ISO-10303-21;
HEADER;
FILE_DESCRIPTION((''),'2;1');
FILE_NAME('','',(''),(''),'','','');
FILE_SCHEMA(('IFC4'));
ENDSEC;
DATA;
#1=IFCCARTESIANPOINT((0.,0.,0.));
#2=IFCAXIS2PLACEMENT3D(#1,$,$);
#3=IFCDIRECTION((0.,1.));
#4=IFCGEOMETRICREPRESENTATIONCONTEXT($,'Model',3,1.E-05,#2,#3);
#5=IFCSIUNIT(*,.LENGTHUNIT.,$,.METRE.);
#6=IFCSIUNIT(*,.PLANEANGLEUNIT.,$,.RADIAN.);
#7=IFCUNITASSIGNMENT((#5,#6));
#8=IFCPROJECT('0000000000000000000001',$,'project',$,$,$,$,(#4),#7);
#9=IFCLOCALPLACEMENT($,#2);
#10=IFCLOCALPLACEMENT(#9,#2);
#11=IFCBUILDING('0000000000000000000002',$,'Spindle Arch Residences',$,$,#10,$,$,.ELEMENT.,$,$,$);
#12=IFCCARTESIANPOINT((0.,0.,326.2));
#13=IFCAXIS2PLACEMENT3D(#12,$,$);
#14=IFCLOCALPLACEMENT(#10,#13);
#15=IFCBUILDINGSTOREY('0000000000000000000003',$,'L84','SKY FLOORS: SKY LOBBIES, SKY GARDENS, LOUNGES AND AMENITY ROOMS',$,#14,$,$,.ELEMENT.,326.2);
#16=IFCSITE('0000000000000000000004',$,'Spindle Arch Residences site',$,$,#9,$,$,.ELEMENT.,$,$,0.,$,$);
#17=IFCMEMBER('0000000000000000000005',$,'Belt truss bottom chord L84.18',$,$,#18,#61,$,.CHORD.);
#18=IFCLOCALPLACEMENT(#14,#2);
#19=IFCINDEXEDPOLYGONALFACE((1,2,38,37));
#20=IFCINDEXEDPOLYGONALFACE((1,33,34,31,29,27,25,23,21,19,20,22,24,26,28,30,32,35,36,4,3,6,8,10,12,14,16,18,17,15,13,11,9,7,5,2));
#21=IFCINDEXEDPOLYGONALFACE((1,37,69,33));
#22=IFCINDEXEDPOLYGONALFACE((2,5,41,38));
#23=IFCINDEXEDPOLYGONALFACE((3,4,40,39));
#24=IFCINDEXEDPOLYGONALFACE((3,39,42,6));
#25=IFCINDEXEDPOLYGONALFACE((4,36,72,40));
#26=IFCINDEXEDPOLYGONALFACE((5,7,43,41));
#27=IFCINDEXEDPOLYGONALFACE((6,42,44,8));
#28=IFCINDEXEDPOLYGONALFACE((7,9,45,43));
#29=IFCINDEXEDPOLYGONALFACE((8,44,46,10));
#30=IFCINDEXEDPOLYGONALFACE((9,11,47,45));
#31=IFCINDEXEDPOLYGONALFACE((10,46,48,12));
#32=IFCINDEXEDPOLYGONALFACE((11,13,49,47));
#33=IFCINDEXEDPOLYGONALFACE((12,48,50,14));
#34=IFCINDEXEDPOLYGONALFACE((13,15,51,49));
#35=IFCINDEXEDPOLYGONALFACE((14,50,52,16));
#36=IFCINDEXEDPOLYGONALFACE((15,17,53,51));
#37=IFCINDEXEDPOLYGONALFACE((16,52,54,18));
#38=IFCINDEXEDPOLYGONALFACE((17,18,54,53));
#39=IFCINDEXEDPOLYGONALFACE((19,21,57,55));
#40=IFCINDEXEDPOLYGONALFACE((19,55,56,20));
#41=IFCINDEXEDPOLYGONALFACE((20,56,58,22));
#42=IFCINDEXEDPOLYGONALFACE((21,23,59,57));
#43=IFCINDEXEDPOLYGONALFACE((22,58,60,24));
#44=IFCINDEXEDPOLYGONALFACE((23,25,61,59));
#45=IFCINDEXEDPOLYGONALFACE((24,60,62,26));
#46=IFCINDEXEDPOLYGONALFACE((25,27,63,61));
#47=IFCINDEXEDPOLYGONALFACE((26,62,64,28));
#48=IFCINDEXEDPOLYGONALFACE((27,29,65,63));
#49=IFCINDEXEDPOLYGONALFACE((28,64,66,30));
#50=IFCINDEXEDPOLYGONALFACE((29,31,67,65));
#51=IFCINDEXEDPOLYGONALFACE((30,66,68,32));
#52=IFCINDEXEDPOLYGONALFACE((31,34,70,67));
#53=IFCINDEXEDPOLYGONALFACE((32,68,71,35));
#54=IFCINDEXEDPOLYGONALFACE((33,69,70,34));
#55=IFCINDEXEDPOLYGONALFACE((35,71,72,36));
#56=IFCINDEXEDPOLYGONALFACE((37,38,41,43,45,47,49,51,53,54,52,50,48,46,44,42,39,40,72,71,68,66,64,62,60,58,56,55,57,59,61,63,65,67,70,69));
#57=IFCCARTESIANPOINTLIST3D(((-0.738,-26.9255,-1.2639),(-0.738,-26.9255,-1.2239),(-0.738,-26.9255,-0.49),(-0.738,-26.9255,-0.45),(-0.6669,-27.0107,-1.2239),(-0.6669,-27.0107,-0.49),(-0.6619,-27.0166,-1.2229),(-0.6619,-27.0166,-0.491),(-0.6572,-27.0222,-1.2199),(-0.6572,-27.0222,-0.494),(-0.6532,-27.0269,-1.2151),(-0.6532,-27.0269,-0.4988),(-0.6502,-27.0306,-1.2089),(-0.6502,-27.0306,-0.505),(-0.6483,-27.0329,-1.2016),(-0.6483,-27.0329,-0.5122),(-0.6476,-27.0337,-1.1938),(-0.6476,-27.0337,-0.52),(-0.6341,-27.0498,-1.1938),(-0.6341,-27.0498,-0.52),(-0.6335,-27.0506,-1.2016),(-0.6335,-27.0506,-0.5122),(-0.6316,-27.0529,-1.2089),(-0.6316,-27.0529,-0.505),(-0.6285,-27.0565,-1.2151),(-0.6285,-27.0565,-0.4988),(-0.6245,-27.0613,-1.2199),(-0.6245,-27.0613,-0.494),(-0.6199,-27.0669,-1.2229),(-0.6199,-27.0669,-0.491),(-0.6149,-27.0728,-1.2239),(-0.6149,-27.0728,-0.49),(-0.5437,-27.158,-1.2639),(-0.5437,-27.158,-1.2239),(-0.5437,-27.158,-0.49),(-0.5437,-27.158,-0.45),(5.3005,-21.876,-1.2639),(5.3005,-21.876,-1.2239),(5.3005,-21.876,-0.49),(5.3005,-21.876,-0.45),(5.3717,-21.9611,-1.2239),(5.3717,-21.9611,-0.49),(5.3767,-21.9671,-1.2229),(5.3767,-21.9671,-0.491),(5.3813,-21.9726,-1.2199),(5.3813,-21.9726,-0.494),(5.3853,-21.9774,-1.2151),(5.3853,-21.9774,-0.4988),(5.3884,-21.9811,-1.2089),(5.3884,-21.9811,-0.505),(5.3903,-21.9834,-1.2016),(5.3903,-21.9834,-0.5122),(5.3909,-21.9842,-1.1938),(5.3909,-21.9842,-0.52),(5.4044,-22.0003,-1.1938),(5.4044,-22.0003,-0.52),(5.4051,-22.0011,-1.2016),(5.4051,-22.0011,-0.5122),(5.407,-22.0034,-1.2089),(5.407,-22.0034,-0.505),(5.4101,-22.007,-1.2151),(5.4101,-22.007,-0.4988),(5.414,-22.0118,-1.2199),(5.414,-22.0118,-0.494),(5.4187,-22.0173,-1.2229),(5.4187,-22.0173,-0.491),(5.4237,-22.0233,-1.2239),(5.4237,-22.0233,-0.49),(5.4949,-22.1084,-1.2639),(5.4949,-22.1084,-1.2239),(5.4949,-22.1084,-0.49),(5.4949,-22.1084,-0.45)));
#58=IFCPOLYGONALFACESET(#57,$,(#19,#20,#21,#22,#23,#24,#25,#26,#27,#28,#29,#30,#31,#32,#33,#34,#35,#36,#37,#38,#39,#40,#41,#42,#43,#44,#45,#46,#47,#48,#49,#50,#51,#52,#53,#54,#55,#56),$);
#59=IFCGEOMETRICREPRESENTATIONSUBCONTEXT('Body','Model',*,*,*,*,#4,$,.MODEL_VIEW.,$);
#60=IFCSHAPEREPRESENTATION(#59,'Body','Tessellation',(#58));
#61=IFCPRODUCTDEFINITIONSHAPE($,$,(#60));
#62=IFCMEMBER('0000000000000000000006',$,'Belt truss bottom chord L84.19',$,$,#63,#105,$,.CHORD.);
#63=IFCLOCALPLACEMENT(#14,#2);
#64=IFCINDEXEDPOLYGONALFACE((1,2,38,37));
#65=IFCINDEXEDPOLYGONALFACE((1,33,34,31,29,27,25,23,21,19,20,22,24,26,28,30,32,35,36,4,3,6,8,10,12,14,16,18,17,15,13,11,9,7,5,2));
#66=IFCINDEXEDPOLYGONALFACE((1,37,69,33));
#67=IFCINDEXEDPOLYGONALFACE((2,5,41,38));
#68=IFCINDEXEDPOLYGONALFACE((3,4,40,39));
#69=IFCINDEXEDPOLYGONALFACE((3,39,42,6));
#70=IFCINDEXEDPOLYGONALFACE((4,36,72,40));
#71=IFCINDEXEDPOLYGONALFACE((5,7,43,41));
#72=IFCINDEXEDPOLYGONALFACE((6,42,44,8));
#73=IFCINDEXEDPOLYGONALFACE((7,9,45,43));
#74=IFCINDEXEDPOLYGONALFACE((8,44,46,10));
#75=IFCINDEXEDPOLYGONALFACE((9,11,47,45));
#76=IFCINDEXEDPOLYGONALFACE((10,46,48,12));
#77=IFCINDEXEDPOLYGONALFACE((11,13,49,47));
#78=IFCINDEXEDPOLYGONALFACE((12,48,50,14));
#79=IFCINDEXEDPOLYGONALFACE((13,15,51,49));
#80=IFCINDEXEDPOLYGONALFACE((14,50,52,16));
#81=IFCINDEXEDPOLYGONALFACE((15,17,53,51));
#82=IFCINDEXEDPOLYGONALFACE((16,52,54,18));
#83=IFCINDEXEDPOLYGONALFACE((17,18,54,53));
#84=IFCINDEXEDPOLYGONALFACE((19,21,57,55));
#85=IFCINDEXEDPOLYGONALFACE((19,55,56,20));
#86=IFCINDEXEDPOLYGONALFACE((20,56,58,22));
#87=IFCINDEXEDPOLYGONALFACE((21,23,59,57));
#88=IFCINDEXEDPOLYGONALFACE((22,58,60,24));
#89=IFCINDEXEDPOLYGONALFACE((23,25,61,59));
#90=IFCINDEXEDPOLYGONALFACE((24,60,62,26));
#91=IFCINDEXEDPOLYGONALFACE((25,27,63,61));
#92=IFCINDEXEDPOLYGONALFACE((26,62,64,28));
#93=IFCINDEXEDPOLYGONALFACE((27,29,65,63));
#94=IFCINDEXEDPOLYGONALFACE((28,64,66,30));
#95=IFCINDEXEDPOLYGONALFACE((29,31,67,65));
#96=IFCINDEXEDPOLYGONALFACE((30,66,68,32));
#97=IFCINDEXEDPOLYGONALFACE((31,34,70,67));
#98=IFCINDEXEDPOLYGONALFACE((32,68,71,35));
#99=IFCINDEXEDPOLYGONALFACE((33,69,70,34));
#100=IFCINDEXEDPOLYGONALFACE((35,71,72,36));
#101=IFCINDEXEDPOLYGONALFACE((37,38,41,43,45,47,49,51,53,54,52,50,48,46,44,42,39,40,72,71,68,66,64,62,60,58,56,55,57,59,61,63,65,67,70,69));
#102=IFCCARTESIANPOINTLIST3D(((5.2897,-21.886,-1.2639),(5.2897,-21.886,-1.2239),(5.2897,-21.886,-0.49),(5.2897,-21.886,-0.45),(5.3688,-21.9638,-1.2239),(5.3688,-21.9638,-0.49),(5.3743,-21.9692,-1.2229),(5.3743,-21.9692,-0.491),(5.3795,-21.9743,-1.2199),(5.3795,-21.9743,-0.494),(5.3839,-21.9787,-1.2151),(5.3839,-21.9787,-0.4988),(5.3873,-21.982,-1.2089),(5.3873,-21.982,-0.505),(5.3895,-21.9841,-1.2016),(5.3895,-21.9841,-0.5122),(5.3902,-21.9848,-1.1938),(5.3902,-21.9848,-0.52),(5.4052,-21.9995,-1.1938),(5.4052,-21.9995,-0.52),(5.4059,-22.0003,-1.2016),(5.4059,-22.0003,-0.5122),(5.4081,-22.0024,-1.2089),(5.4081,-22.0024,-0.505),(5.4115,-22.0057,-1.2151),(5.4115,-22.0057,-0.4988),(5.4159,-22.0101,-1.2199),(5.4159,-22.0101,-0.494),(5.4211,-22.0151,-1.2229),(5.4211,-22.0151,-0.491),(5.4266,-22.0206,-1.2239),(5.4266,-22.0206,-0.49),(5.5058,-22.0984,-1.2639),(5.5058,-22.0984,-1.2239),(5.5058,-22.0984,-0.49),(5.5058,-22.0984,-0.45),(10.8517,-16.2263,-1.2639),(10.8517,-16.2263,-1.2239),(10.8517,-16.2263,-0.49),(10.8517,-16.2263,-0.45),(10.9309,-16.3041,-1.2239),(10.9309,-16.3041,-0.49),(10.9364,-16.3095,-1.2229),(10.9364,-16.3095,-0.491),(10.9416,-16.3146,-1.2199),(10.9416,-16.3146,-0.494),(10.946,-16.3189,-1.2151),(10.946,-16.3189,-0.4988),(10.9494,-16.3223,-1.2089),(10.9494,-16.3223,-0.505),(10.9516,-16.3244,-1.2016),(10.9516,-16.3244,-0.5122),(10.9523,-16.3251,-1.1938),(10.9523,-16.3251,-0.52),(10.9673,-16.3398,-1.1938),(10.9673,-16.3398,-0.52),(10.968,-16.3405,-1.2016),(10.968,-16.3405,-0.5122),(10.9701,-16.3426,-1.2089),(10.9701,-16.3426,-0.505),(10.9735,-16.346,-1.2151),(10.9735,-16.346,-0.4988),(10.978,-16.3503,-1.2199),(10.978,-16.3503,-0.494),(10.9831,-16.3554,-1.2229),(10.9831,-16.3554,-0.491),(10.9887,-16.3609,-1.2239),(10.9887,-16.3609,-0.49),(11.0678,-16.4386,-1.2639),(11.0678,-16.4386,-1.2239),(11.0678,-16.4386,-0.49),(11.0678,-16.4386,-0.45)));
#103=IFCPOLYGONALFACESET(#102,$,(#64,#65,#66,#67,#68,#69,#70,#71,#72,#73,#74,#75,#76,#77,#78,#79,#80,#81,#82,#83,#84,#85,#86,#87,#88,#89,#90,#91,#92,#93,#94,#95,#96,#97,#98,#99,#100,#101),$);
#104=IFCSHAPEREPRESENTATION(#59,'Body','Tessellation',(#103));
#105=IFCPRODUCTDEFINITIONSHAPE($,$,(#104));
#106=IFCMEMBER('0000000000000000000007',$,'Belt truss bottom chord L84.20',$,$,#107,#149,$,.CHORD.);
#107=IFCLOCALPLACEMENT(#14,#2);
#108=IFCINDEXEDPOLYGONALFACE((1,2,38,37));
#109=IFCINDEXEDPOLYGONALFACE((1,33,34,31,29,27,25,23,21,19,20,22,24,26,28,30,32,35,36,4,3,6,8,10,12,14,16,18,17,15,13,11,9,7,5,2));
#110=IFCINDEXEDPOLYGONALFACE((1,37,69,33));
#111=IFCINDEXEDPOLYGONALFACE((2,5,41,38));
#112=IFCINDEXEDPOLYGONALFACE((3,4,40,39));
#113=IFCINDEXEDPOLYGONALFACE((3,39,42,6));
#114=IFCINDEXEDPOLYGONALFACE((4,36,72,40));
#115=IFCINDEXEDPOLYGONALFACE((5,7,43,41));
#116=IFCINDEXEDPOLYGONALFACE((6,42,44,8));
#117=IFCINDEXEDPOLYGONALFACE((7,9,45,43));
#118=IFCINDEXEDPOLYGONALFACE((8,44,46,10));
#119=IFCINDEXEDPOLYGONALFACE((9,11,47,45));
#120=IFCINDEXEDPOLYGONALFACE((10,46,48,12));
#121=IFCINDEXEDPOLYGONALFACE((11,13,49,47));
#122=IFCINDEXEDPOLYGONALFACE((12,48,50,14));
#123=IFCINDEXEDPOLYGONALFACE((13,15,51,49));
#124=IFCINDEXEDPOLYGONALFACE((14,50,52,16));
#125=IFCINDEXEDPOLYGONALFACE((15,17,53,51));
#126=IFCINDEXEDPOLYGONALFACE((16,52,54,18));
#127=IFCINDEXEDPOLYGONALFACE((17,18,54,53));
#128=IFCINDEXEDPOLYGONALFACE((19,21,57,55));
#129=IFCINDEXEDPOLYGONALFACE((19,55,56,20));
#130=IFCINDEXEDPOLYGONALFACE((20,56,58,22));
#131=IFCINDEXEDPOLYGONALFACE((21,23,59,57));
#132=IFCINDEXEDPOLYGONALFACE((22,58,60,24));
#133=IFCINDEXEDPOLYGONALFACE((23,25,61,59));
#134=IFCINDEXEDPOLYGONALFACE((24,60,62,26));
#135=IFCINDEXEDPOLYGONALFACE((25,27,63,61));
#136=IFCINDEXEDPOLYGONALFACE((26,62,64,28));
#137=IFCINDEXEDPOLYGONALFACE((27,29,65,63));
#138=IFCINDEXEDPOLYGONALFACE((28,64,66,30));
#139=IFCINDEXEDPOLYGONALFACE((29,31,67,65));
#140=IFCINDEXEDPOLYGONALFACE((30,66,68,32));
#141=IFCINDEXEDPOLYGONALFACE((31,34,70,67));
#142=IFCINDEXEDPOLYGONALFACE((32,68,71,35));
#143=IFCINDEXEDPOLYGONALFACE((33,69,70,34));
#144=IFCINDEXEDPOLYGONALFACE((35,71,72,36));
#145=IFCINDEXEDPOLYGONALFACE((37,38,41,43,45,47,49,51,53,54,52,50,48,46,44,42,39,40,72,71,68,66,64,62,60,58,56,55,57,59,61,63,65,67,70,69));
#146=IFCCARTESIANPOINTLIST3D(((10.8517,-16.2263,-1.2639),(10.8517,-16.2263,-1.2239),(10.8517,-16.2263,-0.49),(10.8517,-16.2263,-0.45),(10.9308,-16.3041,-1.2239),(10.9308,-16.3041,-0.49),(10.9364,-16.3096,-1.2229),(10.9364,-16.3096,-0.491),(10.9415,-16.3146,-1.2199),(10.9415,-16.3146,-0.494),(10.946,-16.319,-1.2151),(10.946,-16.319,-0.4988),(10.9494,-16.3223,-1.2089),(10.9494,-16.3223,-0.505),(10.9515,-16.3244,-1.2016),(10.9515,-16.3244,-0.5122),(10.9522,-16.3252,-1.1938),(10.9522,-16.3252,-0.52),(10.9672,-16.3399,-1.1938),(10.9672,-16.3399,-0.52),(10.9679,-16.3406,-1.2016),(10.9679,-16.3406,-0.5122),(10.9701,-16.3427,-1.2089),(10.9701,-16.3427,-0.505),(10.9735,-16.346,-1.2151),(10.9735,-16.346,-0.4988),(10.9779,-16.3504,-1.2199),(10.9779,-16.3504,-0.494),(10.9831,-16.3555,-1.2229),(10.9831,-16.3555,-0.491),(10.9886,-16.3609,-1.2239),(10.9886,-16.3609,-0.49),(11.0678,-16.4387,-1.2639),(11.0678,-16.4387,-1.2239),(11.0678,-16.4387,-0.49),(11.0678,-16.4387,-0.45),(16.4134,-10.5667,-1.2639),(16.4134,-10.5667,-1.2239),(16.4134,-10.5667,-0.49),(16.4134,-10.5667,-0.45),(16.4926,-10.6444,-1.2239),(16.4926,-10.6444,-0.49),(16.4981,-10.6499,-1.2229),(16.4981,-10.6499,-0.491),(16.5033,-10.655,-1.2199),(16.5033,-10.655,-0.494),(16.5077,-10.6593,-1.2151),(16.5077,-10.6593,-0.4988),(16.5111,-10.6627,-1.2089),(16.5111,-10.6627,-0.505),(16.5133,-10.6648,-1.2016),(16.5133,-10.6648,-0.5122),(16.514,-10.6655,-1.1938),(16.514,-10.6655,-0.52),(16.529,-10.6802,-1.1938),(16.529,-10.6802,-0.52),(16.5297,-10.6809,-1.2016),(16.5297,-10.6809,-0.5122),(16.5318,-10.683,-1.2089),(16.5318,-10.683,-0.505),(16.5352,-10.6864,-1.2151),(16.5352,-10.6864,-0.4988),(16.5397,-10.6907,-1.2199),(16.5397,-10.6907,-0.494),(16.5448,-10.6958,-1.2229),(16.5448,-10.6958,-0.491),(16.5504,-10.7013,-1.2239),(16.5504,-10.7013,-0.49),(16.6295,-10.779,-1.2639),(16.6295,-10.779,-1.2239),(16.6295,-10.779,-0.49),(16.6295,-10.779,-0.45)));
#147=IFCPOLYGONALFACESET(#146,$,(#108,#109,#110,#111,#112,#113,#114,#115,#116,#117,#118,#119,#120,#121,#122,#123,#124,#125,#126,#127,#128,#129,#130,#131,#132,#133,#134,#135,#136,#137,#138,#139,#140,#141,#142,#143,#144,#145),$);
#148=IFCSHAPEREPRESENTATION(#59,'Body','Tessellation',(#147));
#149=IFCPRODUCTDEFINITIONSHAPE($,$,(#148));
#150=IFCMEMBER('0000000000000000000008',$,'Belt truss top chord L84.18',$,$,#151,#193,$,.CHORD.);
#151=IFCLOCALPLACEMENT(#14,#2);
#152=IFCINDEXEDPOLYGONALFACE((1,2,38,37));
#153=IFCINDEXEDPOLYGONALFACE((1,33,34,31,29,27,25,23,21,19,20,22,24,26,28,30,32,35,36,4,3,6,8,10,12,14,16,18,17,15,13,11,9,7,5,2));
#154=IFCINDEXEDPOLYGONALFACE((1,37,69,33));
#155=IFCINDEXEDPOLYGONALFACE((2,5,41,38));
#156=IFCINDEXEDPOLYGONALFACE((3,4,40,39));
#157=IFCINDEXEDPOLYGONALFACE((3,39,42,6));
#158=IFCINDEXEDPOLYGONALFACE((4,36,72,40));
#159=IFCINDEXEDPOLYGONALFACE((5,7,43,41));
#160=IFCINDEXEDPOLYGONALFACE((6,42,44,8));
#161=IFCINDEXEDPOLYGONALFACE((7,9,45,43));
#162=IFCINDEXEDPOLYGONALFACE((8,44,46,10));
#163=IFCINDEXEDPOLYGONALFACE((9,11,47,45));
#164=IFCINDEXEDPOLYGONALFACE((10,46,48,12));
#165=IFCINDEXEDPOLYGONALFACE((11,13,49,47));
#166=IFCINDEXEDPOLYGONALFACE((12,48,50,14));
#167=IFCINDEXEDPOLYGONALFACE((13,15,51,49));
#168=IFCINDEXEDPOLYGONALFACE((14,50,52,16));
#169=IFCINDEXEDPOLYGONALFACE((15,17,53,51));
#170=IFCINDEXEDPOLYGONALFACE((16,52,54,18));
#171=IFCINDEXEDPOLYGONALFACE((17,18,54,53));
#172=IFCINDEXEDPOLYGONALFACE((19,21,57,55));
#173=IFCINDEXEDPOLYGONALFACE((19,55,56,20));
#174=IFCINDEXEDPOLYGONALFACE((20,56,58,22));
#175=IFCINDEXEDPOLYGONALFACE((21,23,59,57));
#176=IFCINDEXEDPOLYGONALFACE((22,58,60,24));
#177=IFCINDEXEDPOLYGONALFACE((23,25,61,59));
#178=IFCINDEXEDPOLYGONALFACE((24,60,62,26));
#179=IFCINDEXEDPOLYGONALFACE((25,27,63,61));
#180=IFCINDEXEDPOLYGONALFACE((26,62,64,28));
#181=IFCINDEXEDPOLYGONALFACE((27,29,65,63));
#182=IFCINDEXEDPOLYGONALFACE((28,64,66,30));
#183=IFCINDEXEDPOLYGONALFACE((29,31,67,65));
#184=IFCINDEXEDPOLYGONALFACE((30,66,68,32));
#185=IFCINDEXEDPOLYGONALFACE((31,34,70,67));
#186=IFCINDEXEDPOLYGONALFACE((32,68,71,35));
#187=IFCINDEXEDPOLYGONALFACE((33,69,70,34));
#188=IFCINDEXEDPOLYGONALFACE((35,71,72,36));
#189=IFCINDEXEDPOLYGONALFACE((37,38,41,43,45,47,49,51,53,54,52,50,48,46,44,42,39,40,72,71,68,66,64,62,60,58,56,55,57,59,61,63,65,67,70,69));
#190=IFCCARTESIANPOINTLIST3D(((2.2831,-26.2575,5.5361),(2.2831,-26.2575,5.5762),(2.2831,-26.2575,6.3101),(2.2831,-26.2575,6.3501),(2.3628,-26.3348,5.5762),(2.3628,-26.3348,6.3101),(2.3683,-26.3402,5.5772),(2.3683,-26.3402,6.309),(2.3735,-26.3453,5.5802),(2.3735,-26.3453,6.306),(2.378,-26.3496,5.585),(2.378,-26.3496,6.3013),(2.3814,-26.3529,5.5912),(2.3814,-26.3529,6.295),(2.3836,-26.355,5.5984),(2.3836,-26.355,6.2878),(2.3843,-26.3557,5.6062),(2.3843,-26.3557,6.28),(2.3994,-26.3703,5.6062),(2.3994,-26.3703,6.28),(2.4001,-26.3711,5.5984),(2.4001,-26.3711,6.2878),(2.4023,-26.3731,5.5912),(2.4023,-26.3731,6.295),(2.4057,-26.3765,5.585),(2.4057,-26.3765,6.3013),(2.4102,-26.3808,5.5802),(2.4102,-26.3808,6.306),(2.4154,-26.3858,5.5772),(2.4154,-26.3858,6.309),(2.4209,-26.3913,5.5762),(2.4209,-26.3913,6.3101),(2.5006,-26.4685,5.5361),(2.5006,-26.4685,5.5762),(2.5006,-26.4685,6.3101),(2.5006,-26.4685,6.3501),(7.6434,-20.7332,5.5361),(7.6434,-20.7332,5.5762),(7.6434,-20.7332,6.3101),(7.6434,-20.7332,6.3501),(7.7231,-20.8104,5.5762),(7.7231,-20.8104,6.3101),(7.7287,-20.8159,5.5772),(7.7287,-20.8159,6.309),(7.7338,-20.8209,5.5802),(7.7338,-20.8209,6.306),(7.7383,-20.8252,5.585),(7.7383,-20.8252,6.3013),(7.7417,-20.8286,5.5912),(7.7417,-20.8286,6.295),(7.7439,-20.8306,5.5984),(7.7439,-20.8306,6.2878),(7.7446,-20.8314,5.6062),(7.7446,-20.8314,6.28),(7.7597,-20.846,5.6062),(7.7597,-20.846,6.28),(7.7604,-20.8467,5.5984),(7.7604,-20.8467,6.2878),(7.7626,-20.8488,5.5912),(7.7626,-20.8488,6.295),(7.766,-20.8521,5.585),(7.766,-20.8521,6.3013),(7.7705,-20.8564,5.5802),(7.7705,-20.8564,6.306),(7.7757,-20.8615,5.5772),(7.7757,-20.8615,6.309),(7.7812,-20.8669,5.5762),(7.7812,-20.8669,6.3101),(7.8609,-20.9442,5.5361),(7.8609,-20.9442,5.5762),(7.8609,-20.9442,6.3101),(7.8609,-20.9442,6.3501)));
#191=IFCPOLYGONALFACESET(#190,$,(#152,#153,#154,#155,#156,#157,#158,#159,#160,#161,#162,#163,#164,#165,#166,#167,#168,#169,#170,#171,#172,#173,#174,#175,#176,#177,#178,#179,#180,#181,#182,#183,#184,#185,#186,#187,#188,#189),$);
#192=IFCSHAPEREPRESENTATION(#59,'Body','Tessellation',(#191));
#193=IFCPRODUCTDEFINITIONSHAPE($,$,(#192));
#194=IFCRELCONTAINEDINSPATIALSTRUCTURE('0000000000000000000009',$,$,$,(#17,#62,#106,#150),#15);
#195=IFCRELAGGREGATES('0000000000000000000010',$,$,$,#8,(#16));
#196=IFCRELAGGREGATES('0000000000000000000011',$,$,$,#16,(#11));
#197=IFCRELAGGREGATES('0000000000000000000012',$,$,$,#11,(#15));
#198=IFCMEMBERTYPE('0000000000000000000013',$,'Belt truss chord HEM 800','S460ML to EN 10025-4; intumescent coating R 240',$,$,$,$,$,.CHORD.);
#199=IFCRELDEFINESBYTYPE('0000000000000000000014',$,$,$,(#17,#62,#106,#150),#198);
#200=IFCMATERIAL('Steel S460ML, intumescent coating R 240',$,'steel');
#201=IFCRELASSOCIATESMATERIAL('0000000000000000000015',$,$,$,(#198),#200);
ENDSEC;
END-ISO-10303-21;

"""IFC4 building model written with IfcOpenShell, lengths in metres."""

from ifc_helpers import new_model, si_unit, direction, frame, origin, origin_2d, place, context, subcontext, project, spatial, i_section, extrude, material, material_profile, profile_set, type_object, element, save


model = new_model("IFC4")

# Units and contexts
model_context = context("Model", 3, precision=1e-05, world=origin(), true_north=direction((0.0, 1.0)))
body_context = subcontext(model_context, "Body", "Model", "MODEL_VIEW")
ifc_project = project(units=[si_unit("LENGTHUNIT", "METRE"), si_unit("PLANEANGLEUNIT", "RADIAN")], contexts=[model_context])

# Site, building, storey
site_placement = place(None, origin())
site = spatial("IfcSite", under=ifc_project, at=site_placement, Name="Spindle Arch Residences site", CompositionType="ELEMENT", RefElevation=0.0)
building_placement = place(site_placement, origin())
building = spatial("IfcBuilding", under=site, at=building_placement, Name="Spindle Arch Residences", CompositionType="ELEMENT")
storey_placement = place(building_placement, frame((0.0, 0.0, 326.2)))
storey = spatial("IfcBuildingStorey", under=building, at=storey_placement, Name="L84", Description="SKY FLOORS: SKY LOBBIES, SKY GARDENS, LOUNGES AND AMENITY ROOMS", CompositionType="ELEMENT", Elevation=326.2)

# Members
ifc_material_1 = material(Name="Steel S460ML, intumescent coating R 240", Category="steel")
ifc_material_profile_1 = material_profile(ifc_material_1, i_section(OverallWidth=0.303, OverallDepth=0.814, WebThickness=0.021, FlangeThickness=0.04, FilletRadius=0.03, at=origin_2d()), Name="HEM 800")
ifc_profile_set_1 = profile_set([ifc_material_profile_1], Name="Steel S460ML, intumescent coating R 240")
member_type_1 = type_object("IfcMemberType", Name="Belt truss chord HEM 800", Description="S460ML to EN 10025-4; intumescent coating R 240", PredefinedType="CHORD", material=ifc_profile_set_1)
member_1_placement = place(storey_placement, frame((-0.6409, -27.0417, -0.8569), z_axis=(0.767132, 0.641489, 0.0), x_axis=(-0.641489, 0.767132, 0.0)))
element("IfcMember", 1, at=member_1_placement, inside=storey, type_object=member_type_1, Name="Belt truss bottom chord L84.18", PredefinedType="CHORD", context=body_context, shape_type="SweptSolid", body=[
    extrude(i_section(OverallWidth=0.303, OverallDepth=0.814, WebThickness=0.021, FlangeThickness=0.04, FilletRadius=0.03, at=origin_2d()), origin(), (0.0, 0.0, 1.0), 7.8716),
])
member_2_placement = place(storey_placement, frame((5.3977, -21.9922, -0.8569), z_axis=(0.700927, 0.713233, 0.0), x_axis=(-0.713233, 0.700927, 0.0)))
element("IfcMember", 2, at=member_2_placement, inside=storey, type_object=member_type_1, Name="Belt truss bottom chord L84.19", PredefinedType="CHORD", context=body_context, shape_type="SweptSolid", body=[
    extrude(i_section(OverallWidth=0.303, OverallDepth=0.814, WebThickness=0.021, FlangeThickness=0.04, FilletRadius=0.03, at=origin_2d()), origin(), (0.0, 0.0, 1.0), 7.9353),
])
member_3_placement = place(storey_placement, frame((10.9597, -16.3325, -0.8569), z_axis=(0.700911, 0.713249, 0.0), x_axis=(-0.713249, 0.700911, 0.0)))
element("IfcMember", 3, at=member_3_placement, inside=storey, type_object=member_type_1, Name="Belt truss bottom chord L84.20", PredefinedType="CHORD", context=body_context, shape_type="SweptSolid", body=[
    extrude(i_section(OverallWidth=0.303, OverallDepth=0.814, WebThickness=0.021, FlangeThickness=0.04, FilletRadius=0.03, at=origin_2d()), origin(), (0.0, 0.0, 1.0), 7.9351),
])
member_4_placement = place(storey_placement, frame((2.3918, -26.363, 5.9431), z_axis=(0.69637, 0.717683, 0.0), x_axis=(-0.717683, 0.69637, 0.0)))
element("IfcMember", 4, at=member_4_placement, inside=storey, type_object=member_type_1, Name="Belt truss top chord L84.18", PredefinedType="CHORD", context=body_context, shape_type="SweptSolid", body=[
    extrude(i_section(OverallWidth=0.303, OverallDepth=0.814, WebThickness=0.021, FlangeThickness=0.04, FilletRadius=0.03, at=origin_2d()), origin(), (0.0, 0.0, 1.0), 7.6975),
])

save(model, "model.ifc")
